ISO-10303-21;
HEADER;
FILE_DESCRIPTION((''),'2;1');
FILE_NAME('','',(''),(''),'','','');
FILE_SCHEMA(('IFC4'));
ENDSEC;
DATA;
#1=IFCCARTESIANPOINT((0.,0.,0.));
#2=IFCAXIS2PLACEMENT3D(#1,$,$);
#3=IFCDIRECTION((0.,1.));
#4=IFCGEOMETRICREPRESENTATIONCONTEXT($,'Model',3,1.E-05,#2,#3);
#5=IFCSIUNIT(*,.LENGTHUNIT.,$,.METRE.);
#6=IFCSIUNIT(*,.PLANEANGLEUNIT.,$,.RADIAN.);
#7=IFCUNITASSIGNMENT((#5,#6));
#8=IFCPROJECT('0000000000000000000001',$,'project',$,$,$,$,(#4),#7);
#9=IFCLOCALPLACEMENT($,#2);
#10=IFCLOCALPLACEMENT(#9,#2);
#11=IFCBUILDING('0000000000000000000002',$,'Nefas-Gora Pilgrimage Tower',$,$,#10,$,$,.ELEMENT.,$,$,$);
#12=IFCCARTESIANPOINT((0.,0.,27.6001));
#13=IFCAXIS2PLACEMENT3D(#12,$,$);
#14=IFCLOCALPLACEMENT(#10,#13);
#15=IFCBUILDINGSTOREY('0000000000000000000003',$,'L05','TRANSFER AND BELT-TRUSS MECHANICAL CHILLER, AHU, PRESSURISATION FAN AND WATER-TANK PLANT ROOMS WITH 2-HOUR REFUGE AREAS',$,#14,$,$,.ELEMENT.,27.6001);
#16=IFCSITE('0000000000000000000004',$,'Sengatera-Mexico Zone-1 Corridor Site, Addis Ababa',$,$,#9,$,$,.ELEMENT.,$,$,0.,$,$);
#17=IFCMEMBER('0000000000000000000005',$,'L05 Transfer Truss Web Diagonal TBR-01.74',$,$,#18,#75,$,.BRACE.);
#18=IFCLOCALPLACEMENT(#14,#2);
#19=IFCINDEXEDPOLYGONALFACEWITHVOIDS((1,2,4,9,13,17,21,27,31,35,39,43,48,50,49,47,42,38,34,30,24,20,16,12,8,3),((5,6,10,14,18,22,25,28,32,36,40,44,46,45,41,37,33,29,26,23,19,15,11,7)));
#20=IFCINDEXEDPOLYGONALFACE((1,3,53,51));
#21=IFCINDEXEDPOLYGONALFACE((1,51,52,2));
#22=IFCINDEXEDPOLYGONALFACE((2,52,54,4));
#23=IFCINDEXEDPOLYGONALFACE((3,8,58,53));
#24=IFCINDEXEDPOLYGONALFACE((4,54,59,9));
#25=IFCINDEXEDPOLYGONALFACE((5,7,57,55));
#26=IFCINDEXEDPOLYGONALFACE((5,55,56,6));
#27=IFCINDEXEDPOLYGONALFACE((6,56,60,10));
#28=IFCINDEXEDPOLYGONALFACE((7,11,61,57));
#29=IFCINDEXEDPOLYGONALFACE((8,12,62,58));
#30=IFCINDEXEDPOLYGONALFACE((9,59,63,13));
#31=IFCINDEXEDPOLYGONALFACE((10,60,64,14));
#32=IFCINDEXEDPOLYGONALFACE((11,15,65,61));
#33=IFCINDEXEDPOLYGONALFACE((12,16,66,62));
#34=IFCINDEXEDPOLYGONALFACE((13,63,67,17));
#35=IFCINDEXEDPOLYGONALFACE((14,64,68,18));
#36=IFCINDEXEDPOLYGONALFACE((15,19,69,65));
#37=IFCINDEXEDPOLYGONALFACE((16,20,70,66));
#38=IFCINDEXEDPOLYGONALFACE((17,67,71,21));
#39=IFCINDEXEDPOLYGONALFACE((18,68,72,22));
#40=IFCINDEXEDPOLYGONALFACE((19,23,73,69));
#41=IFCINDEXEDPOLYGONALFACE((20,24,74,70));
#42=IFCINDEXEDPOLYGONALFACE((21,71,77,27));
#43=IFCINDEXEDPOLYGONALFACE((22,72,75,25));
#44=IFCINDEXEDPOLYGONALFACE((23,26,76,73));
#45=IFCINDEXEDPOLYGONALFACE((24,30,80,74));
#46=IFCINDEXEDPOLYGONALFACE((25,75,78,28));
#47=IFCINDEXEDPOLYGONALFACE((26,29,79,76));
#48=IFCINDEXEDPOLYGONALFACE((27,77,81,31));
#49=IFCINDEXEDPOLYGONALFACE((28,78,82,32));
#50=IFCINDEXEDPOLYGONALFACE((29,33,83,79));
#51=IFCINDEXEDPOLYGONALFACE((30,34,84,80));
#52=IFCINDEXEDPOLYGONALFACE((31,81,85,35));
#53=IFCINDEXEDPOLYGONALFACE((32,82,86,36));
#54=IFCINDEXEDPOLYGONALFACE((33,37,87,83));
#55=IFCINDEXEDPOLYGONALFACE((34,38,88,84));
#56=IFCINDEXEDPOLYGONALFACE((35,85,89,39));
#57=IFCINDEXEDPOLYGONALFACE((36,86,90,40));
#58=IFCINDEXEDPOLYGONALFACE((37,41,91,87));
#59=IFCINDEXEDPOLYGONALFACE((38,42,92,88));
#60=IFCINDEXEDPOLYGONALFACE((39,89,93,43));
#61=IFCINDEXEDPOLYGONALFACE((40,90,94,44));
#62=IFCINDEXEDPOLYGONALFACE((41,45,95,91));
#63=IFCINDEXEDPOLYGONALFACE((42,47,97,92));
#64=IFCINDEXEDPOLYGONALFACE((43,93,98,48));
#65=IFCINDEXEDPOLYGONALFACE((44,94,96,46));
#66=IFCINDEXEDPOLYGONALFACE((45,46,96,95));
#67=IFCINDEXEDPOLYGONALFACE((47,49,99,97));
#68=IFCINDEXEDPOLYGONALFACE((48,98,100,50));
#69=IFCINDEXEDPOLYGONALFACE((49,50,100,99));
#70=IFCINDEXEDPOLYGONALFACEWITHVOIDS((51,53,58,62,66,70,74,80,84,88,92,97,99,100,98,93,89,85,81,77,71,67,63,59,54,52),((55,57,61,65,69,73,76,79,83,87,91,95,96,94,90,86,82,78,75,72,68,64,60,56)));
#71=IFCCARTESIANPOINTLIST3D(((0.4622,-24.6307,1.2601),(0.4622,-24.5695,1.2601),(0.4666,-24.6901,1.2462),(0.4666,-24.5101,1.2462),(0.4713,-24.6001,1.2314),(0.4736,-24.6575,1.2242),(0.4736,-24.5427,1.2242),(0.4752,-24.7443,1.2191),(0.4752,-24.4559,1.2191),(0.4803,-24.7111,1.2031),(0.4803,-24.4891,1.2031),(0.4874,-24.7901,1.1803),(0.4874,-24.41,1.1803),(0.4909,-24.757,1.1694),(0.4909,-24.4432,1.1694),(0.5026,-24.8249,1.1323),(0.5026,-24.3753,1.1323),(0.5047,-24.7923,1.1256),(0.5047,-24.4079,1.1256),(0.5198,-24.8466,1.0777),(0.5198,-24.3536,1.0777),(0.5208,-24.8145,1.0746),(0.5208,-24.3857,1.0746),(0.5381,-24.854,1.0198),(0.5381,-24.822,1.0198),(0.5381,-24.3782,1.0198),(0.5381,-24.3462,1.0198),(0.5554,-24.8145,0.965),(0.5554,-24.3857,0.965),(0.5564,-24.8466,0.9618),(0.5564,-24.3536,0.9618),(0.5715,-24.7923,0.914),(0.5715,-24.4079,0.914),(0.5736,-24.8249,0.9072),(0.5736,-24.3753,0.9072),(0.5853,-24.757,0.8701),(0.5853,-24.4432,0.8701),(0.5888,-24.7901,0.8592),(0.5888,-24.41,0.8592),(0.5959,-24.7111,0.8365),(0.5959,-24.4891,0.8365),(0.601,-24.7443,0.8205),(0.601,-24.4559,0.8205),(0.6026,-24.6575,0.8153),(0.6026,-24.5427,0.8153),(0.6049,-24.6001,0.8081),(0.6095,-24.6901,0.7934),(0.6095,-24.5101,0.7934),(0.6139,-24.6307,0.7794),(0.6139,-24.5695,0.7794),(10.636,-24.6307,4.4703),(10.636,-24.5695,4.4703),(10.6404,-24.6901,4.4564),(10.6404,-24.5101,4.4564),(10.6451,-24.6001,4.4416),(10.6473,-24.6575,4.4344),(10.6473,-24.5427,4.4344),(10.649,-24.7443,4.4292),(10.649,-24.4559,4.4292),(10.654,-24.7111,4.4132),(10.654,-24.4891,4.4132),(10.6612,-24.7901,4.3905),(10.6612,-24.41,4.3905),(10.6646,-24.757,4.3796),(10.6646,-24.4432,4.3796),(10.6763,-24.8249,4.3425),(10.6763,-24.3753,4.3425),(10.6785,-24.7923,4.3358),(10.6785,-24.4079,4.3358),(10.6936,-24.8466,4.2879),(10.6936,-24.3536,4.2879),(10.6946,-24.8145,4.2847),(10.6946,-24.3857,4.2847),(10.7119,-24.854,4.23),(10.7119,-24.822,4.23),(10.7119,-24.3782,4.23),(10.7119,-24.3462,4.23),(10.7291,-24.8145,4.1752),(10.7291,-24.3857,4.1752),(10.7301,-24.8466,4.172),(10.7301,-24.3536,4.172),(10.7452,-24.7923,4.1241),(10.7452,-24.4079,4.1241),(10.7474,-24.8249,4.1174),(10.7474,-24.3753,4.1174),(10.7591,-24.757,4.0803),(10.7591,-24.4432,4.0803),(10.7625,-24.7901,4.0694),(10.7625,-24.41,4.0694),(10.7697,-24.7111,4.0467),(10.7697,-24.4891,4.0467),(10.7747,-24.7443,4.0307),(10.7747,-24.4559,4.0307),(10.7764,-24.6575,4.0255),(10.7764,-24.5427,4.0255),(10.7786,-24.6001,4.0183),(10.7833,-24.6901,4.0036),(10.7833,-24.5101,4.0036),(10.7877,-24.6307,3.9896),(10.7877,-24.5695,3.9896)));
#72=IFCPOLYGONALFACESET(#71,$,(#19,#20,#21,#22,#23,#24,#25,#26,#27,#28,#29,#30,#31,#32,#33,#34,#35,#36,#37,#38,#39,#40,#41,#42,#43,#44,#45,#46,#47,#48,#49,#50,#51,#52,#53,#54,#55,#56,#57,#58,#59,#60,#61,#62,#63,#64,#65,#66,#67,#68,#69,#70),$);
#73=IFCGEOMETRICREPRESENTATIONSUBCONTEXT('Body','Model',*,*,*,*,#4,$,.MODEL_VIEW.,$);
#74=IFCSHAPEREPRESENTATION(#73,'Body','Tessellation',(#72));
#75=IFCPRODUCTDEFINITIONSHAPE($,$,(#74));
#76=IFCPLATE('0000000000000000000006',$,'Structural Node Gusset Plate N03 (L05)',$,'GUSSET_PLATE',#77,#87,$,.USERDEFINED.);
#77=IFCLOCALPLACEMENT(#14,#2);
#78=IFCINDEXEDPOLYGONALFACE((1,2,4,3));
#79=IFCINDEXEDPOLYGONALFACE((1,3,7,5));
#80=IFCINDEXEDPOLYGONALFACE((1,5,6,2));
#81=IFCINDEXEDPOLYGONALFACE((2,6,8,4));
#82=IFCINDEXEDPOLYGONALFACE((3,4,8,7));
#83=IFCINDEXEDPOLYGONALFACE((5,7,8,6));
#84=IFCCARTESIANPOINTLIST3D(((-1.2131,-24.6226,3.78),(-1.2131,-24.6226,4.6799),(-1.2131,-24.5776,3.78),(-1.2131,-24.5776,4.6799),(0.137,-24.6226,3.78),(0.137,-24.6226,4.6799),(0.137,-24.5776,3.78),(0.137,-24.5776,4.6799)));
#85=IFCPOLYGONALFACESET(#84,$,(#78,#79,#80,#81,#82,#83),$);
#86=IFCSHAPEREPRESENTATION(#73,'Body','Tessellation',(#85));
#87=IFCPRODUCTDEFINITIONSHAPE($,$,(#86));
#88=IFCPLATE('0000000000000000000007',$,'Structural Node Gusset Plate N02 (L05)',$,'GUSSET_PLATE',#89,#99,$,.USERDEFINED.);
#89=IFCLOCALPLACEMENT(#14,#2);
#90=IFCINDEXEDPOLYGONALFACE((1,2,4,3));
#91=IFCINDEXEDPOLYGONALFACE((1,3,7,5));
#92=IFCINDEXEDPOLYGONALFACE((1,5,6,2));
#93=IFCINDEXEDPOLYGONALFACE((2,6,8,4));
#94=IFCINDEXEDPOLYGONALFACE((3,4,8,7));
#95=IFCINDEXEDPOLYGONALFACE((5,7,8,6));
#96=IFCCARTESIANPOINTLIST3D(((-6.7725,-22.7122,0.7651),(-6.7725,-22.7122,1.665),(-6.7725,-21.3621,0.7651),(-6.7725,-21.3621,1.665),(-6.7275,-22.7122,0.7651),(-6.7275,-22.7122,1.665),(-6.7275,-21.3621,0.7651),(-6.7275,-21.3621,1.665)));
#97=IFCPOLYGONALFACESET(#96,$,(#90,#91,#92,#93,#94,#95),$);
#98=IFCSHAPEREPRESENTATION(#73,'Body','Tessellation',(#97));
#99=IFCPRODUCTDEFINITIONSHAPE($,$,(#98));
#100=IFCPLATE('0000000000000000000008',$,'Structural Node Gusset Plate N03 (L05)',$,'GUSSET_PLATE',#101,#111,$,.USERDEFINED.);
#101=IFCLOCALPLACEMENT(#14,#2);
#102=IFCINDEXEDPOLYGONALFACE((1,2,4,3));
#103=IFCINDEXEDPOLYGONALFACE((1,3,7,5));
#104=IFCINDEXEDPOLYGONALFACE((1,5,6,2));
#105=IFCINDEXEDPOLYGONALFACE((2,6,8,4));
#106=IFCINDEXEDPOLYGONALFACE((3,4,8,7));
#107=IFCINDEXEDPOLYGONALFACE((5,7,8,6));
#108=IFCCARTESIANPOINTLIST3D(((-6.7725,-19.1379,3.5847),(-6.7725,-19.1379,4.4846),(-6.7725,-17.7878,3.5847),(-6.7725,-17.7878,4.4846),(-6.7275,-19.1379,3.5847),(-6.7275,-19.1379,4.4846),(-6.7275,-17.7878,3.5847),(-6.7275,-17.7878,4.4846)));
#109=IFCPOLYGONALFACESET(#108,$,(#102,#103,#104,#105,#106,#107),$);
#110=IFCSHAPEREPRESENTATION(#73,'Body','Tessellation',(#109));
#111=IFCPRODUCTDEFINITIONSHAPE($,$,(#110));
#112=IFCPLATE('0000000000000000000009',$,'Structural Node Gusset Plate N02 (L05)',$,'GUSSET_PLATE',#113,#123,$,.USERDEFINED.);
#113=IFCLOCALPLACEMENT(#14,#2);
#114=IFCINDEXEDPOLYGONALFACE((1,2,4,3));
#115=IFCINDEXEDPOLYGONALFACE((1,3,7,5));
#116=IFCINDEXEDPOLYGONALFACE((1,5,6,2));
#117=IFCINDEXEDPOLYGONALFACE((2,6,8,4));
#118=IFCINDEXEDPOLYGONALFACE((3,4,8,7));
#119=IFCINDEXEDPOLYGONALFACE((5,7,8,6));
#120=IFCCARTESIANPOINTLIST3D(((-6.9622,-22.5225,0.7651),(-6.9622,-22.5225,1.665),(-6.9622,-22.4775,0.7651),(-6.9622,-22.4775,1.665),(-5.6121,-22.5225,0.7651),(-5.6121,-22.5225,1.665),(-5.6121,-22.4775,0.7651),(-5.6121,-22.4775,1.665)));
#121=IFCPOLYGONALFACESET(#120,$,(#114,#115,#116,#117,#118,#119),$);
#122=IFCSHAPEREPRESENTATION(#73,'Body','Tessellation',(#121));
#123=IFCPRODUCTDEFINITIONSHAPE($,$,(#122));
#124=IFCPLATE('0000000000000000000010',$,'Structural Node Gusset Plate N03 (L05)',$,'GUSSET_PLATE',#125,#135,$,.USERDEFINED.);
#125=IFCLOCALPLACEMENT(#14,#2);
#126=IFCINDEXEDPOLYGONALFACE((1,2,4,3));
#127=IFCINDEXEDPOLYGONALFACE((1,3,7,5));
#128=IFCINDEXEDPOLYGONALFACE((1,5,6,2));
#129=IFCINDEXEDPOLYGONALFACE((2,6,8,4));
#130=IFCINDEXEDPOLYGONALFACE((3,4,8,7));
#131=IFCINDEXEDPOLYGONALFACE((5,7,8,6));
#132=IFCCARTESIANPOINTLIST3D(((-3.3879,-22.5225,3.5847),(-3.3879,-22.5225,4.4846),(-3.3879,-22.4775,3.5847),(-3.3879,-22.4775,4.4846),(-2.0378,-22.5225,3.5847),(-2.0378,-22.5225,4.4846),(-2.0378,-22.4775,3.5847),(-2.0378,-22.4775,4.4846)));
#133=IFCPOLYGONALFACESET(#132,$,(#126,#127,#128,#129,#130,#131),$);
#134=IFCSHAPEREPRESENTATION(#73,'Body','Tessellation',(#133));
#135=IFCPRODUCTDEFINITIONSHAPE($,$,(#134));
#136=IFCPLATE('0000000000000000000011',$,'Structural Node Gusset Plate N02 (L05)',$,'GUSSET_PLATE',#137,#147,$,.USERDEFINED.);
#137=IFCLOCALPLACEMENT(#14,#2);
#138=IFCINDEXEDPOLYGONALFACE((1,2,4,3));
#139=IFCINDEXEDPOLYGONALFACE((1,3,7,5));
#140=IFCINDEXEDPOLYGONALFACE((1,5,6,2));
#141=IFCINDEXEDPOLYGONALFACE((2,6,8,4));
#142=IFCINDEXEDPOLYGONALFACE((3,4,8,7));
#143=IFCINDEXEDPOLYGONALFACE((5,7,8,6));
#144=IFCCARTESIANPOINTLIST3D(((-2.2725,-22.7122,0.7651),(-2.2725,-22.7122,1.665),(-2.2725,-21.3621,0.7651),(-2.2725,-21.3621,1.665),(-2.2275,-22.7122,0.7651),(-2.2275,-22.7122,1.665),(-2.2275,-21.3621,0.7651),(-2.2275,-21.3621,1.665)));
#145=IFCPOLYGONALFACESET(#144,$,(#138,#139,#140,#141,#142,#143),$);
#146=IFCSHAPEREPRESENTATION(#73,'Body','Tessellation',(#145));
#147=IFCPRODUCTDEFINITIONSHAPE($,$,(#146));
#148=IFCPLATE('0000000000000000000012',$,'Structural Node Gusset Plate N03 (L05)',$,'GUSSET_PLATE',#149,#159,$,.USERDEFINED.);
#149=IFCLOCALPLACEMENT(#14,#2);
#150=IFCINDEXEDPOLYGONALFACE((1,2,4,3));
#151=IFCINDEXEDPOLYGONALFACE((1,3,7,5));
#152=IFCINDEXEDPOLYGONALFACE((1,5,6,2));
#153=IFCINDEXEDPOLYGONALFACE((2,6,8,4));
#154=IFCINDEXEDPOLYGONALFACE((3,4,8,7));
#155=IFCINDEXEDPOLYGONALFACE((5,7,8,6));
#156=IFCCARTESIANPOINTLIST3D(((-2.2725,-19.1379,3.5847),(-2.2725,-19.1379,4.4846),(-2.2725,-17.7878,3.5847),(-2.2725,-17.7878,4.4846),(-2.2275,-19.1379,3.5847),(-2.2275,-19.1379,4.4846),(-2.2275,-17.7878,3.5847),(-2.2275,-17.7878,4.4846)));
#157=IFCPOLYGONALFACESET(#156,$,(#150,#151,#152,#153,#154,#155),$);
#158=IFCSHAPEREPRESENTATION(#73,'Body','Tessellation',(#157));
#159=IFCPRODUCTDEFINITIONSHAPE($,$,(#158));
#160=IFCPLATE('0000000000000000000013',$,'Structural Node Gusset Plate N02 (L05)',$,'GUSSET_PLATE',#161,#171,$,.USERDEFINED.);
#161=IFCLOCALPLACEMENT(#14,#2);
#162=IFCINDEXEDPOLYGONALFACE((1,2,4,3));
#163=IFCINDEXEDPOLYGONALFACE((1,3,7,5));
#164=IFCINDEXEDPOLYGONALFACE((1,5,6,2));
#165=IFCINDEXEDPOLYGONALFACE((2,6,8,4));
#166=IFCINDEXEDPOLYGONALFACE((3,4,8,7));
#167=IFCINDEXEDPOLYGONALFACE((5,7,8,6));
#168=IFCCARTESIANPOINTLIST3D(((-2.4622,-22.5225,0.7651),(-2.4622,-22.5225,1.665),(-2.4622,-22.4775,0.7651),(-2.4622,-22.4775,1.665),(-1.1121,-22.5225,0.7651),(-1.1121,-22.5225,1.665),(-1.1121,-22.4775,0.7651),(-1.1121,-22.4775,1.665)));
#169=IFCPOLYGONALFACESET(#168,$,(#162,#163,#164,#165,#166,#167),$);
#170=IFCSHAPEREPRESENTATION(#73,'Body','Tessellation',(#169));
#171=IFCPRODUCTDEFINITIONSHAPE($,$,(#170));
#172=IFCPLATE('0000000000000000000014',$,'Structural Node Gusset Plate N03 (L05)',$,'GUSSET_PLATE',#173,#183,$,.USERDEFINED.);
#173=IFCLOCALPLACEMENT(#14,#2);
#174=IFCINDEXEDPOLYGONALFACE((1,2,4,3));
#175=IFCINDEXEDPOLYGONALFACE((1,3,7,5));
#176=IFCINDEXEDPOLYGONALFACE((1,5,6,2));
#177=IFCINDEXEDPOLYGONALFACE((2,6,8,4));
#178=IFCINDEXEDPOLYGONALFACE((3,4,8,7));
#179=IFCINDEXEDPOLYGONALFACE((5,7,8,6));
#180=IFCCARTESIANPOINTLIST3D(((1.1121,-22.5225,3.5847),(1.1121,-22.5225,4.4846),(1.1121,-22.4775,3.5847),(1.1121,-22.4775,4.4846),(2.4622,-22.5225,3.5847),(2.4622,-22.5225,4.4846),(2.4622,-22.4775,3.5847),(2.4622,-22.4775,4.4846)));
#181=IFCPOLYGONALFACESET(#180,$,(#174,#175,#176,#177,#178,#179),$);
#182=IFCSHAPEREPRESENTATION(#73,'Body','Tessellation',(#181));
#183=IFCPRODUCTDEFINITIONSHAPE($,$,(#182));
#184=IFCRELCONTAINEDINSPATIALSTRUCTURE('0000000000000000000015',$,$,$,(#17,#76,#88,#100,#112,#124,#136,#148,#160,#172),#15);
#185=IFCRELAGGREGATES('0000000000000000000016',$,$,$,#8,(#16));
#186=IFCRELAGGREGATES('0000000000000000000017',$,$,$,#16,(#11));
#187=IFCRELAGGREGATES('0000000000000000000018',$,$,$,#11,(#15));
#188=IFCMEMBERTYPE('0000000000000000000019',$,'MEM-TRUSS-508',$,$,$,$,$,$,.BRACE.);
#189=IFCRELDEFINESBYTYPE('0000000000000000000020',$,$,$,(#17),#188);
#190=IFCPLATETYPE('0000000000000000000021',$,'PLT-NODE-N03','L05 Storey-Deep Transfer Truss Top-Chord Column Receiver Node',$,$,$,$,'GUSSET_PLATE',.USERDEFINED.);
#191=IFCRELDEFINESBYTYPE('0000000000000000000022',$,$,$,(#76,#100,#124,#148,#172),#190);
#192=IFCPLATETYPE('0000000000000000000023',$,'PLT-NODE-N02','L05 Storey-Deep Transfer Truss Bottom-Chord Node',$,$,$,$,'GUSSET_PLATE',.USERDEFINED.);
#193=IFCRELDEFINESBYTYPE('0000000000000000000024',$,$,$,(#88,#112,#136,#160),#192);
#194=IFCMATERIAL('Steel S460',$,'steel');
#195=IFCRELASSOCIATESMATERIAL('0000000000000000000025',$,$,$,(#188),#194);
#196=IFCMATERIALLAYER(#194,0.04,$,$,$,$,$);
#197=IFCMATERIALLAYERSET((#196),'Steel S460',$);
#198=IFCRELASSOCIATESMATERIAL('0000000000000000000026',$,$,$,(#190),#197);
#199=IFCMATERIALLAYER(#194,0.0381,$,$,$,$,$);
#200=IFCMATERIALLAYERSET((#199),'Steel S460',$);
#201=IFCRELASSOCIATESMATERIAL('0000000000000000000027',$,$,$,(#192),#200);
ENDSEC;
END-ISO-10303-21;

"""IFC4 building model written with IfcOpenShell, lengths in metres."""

from ifc_helpers import new_model, si_unit, direction, frame, origin, origin_2d, place, context, subcontext, project, spatial, rectangle, hollow_circle, extrude, source, transform, mapped, material, layer, layer_set, material_profile, profile_set, type_object, element, save


model = new_model("IFC4")

# Units and contexts
model_context = context("Model", 3, precision=1e-05, world=origin(), true_north=direction((0.0, 1.0)))
body_context = subcontext(model_context, "Body", "Model", "MODEL_VIEW")
ifc_project = project(units=[si_unit("LENGTHUNIT", "METRE"), si_unit("PLANEANGLEUNIT", "RADIAN")], contexts=[model_context])

# Site, building, storey
site_placement = place(None, origin())
site = spatial("IfcSite", under=ifc_project, at=site_placement, Name="Sengatera-Mexico Zone-1 Corridor Site, Addis Ababa", CompositionType="ELEMENT", RefElevation=0.0)
building_placement = place(site_placement, origin())
building = spatial("IfcBuilding", under=site, at=building_placement, Name="Nefas-Gora Pilgrimage Tower", CompositionType="ELEMENT")
storey_placement = place(building_placement, frame((0.0, 0.0, 27.6001)))
storey = spatial("IfcBuildingStorey", under=building, at=storey_placement, Name="L05", Description="TRANSFER AND BELT-TRUSS MECHANICAL CHILLER, AHU, PRESSURISATION FAN AND WATER-TANK PLANT ROOMS WITH 2-HOUR REFUGE AREAS", CompositionType="ELEMENT", Elevation=27.6001)

# Shared definitions
ifc_material_1 = material(Name="Steel S460", Category="steel")

# Shared definitions
ifc_material_profile_1 = material_profile(ifc_material_1, hollow_circle(Radius=0.2539, WallThickness=0.032, at=origin_2d()), Name="CHS 508x32")
ifc_profile_set_1 = profile_set([ifc_material_profile_1], Name="Steel S460")
member_type = type_object("IfcMemberType", Name="MEM-TRUSS-508", PredefinedType="BRACE", material=ifc_profile_set_1)

# Member
shared_shape_1 = source(origin(), body_context, "Body", "SweptSolid", [
    extrude(hollow_circle(Radius=0.2539, WallThickness=0.032, at=origin_2d()), origin(), (0.0, 0.0, 1.0), 10.6682),
])
member_placement = place(storey_placement, frame((0.5381, -24.6001, 1.0198), z_axis=(0.953652, 0.0, 0.300911), x_axis=(0.0, 1.0, 0.0)))
element("IfcMember", 1, at=member_placement, inside=storey, type_object=member_type, Name="L05 Transfer Truss Web Diagonal TBR-01.74", PredefinedType="BRACE", context=body_context, shape_type="MappedRepresentation", body=[
    mapped(shared_shape_1, transform((0.0, 0.0, 0.0), x_axis=(1.0, 0.0, 0.0), y_axis=(0.0, 1.0, 0.0), z_axis=(0.0, 0.0, 1.0), scale=1.0)),
])

# Plates
ifc_layer_1 = layer(ifc_material_1, 0.04)
ifc_layer_set_1 = layer_set([ifc_layer_1], Name="Steel S460")
plate_type_1 = type_object("IfcPlateType", Name="PLT-NODE-N03", Description="L05 Storey-Deep Transfer Truss Top-Chord Column Receiver Node", ElementType="GUSSET_PLATE", PredefinedType="USERDEFINED", material=ifc_layer_set_1)
shared_shape_2 = source(origin(), body_context, "Body", "SweptSolid", [
    extrude(rectangle(XDim=1.3501, YDim=0.0449, at=origin_2d()), origin(), (0.0, 0.0, 1.0), 0.8999),
])
plate_1_placement = place(storey_placement, frame((-0.5381, -24.6001, 3.78), z_axis=(0.0, 0.0, 1.0), x_axis=(1.0, 0.0, 0.0)))
element("IfcPlate", 2, at=plate_1_placement, inside=storey, type_object=plate_type_1, Name="Structural Node Gusset Plate N03 (L05)", ObjectType="GUSSET_PLATE", PredefinedType="USERDEFINED", context=body_context, shape_type="MappedRepresentation", body=[
    mapped(shared_shape_2, transform((0.0, 0.0, 0.0), x_axis=(1.0, 0.0, 0.0), y_axis=(0.0, 1.0, 0.0), z_axis=(0.0, 0.0, 1.0), scale=1.0)),
])
ifc_layer_2 = layer(ifc_material_1, 0.0381)
ifc_layer_set_2 = layer_set([ifc_layer_2], Name="Steel S460")
plate_type_2 = type_object("IfcPlateType", Name="PLT-NODE-N02", Description="L05 Storey-Deep Transfer Truss Bottom-Chord Node", ElementType="GUSSET_PLATE", PredefinedType="USERDEFINED", material=ifc_layer_set_2)
plate_2_placement = place(storey_placement, frame((-6.75, -22.0371, 0.7651), z_axis=(0.0, 0.0, 1.0), x_axis=(0.0, 1.0, 0.0)))
element("IfcPlate", 3, at=plate_2_placement, inside=storey, type_object=plate_type_2, Name="Structural Node Gusset Plate N02 (L05)", ObjectType="GUSSET_PLATE", PredefinedType="USERDEFINED", context=body_context, shape_type="MappedRepresentation", body=[
    mapped(shared_shape_2, transform((0.0, 0.0, 0.0), x_axis=(1.0, 0.0, 0.0), y_axis=(0.0, 1.0, 0.0), z_axis=(0.0, 0.0, 1.0), scale=1.0)),
])
plate_3_placement = place(storey_placement, frame((-6.75, -18.4629, 3.5847), z_axis=(0.0, 0.0, 1.0), x_axis=(0.0, 1.0, 0.0)))
element("IfcPlate", 4, at=plate_3_placement, inside=storey, type_object=plate_type_1, Name="Structural Node Gusset Plate N03 (L05)", ObjectType="GUSSET_PLATE", PredefinedType="USERDEFINED", context=body_context, shape_type="MappedRepresentation", body=[
    mapped(shared_shape_2, transform((0.0, 0.0, 0.0), x_axis=(1.0, 0.0, 0.0), y_axis=(0.0, 1.0, 0.0), z_axis=(0.0, 0.0, 1.0), scale=1.0)),
])
plate_4_placement = place(storey_placement, frame((-6.2871, -22.5, 0.7651), z_axis=(0.0, 0.0, 1.0), x_axis=(1.0, 0.0, 0.0)))
element("IfcPlate", 5, at=plate_4_placement, inside=storey, type_object=plate_type_2, Name="Structural Node Gusset Plate N02 (L05)", ObjectType="GUSSET_PLATE", PredefinedType="USERDEFINED", context=body_context, shape_type="MappedRepresentation", body=[
    mapped(shared_shape_2, transform((0.0, 0.0, 0.0), x_axis=(1.0, 0.0, 0.0), y_axis=(0.0, 1.0, 0.0), z_axis=(0.0, 0.0, 1.0), scale=1.0)),
])
plate_5_placement = place(storey_placement, frame((-2.7129, -22.5, 3.5847), z_axis=(0.0, 0.0, 1.0), x_axis=(1.0, 0.0, 0.0)))
element("IfcPlate", 6, at=plate_5_placement, inside=storey, type_object=plate_type_1, Name="Structural Node Gusset Plate N03 (L05)", ObjectType="GUSSET_PLATE", PredefinedType="USERDEFINED", context=body_context, shape_type="MappedRepresentation", body=[
    mapped(shared_shape_2, transform((0.0, 0.0, 0.0), x_axis=(1.0, 0.0, 0.0), y_axis=(0.0, 1.0, 0.0), z_axis=(0.0, 0.0, 1.0), scale=1.0)),
])
plate_6_placement = place(storey_placement, frame((-2.25, -22.0371, 0.7651), z_axis=(0.0, 0.0, 1.0), x_axis=(0.0, 1.0, 0.0)))
element("IfcPlate", 7, at=plate_6_placement, inside=storey, type_object=plate_type_2, Name="Structural Node Gusset Plate N02 (L05)", ObjectType="GUSSET_PLATE", PredefinedType="USERDEFINED", context=body_context, shape_type="MappedRepresentation", body=[
    mapped(shared_shape_2, transform((0.0, 0.0, 0.0), x_axis=(1.0, 0.0, 0.0), y_axis=(0.0, 1.0, 0.0), z_axis=(0.0, 0.0, 1.0), scale=1.0)),
])
plate_7_placement = place(storey_placement, frame((-2.25, -18.4629, 3.5847), z_axis=(0.0, 0.0, 1.0), x_axis=(0.0, 1.0, 0.0)))
element("IfcPlate", 8, at=plate_7_placement, inside=storey, type_object=plate_type_1, Name="Structural Node Gusset Plate N03 (L05)", ObjectType="GUSSET_PLATE", PredefinedType="USERDEFINED", context=body_context, shape_type="MappedRepresentation", body=[
    mapped(shared_shape_2, transform((0.0, 0.0, 0.0), x_axis=(1.0, 0.0, 0.0), y_axis=(0.0, 1.0, 0.0), z_axis=(0.0, 0.0, 1.0), scale=1.0)),
])
plate_8_placement = place(storey_placement, frame((-1.7871, -22.5, 0.7651), z_axis=(0.0, 0.0, 1.0), x_axis=(1.0, 0.0, 0.0)))
element("IfcPlate", 9, at=plate_8_placement, inside=storey, type_object=plate_type_2, Name="Structural Node Gusset Plate N02 (L05)", ObjectType="GUSSET_PLATE", PredefinedType="USERDEFINED", context=body_context, shape_type="MappedRepresentation", body=[
    mapped(shared_shape_2, transform((0.0, 0.0, 0.0), x_axis=(1.0, 0.0, 0.0), y_axis=(0.0, 1.0, 0.0), z_axis=(0.0, 0.0, 1.0), scale=1.0)),
])
plate_9_placement = place(storey_placement, frame((1.7871, -22.5, 3.5847), z_axis=(0.0, 0.0, 1.0), x_axis=(1.0, 0.0, 0.0)))
element("IfcPlate", 10, at=plate_9_placement, inside=storey, type_object=plate_type_1, Name="Structural Node Gusset Plate N03 (L05)", ObjectType="GUSSET_PLATE", PredefinedType="USERDEFINED", context=body_context, shape_type="MappedRepresentation", body=[
    mapped(shared_shape_2, transform((0.0, 0.0, 0.0), x_axis=(1.0, 0.0, 0.0), y_axis=(0.0, 1.0, 0.0), z_axis=(0.0, 0.0, 1.0), scale=1.0)),
])

save(model, "model.ifc")
